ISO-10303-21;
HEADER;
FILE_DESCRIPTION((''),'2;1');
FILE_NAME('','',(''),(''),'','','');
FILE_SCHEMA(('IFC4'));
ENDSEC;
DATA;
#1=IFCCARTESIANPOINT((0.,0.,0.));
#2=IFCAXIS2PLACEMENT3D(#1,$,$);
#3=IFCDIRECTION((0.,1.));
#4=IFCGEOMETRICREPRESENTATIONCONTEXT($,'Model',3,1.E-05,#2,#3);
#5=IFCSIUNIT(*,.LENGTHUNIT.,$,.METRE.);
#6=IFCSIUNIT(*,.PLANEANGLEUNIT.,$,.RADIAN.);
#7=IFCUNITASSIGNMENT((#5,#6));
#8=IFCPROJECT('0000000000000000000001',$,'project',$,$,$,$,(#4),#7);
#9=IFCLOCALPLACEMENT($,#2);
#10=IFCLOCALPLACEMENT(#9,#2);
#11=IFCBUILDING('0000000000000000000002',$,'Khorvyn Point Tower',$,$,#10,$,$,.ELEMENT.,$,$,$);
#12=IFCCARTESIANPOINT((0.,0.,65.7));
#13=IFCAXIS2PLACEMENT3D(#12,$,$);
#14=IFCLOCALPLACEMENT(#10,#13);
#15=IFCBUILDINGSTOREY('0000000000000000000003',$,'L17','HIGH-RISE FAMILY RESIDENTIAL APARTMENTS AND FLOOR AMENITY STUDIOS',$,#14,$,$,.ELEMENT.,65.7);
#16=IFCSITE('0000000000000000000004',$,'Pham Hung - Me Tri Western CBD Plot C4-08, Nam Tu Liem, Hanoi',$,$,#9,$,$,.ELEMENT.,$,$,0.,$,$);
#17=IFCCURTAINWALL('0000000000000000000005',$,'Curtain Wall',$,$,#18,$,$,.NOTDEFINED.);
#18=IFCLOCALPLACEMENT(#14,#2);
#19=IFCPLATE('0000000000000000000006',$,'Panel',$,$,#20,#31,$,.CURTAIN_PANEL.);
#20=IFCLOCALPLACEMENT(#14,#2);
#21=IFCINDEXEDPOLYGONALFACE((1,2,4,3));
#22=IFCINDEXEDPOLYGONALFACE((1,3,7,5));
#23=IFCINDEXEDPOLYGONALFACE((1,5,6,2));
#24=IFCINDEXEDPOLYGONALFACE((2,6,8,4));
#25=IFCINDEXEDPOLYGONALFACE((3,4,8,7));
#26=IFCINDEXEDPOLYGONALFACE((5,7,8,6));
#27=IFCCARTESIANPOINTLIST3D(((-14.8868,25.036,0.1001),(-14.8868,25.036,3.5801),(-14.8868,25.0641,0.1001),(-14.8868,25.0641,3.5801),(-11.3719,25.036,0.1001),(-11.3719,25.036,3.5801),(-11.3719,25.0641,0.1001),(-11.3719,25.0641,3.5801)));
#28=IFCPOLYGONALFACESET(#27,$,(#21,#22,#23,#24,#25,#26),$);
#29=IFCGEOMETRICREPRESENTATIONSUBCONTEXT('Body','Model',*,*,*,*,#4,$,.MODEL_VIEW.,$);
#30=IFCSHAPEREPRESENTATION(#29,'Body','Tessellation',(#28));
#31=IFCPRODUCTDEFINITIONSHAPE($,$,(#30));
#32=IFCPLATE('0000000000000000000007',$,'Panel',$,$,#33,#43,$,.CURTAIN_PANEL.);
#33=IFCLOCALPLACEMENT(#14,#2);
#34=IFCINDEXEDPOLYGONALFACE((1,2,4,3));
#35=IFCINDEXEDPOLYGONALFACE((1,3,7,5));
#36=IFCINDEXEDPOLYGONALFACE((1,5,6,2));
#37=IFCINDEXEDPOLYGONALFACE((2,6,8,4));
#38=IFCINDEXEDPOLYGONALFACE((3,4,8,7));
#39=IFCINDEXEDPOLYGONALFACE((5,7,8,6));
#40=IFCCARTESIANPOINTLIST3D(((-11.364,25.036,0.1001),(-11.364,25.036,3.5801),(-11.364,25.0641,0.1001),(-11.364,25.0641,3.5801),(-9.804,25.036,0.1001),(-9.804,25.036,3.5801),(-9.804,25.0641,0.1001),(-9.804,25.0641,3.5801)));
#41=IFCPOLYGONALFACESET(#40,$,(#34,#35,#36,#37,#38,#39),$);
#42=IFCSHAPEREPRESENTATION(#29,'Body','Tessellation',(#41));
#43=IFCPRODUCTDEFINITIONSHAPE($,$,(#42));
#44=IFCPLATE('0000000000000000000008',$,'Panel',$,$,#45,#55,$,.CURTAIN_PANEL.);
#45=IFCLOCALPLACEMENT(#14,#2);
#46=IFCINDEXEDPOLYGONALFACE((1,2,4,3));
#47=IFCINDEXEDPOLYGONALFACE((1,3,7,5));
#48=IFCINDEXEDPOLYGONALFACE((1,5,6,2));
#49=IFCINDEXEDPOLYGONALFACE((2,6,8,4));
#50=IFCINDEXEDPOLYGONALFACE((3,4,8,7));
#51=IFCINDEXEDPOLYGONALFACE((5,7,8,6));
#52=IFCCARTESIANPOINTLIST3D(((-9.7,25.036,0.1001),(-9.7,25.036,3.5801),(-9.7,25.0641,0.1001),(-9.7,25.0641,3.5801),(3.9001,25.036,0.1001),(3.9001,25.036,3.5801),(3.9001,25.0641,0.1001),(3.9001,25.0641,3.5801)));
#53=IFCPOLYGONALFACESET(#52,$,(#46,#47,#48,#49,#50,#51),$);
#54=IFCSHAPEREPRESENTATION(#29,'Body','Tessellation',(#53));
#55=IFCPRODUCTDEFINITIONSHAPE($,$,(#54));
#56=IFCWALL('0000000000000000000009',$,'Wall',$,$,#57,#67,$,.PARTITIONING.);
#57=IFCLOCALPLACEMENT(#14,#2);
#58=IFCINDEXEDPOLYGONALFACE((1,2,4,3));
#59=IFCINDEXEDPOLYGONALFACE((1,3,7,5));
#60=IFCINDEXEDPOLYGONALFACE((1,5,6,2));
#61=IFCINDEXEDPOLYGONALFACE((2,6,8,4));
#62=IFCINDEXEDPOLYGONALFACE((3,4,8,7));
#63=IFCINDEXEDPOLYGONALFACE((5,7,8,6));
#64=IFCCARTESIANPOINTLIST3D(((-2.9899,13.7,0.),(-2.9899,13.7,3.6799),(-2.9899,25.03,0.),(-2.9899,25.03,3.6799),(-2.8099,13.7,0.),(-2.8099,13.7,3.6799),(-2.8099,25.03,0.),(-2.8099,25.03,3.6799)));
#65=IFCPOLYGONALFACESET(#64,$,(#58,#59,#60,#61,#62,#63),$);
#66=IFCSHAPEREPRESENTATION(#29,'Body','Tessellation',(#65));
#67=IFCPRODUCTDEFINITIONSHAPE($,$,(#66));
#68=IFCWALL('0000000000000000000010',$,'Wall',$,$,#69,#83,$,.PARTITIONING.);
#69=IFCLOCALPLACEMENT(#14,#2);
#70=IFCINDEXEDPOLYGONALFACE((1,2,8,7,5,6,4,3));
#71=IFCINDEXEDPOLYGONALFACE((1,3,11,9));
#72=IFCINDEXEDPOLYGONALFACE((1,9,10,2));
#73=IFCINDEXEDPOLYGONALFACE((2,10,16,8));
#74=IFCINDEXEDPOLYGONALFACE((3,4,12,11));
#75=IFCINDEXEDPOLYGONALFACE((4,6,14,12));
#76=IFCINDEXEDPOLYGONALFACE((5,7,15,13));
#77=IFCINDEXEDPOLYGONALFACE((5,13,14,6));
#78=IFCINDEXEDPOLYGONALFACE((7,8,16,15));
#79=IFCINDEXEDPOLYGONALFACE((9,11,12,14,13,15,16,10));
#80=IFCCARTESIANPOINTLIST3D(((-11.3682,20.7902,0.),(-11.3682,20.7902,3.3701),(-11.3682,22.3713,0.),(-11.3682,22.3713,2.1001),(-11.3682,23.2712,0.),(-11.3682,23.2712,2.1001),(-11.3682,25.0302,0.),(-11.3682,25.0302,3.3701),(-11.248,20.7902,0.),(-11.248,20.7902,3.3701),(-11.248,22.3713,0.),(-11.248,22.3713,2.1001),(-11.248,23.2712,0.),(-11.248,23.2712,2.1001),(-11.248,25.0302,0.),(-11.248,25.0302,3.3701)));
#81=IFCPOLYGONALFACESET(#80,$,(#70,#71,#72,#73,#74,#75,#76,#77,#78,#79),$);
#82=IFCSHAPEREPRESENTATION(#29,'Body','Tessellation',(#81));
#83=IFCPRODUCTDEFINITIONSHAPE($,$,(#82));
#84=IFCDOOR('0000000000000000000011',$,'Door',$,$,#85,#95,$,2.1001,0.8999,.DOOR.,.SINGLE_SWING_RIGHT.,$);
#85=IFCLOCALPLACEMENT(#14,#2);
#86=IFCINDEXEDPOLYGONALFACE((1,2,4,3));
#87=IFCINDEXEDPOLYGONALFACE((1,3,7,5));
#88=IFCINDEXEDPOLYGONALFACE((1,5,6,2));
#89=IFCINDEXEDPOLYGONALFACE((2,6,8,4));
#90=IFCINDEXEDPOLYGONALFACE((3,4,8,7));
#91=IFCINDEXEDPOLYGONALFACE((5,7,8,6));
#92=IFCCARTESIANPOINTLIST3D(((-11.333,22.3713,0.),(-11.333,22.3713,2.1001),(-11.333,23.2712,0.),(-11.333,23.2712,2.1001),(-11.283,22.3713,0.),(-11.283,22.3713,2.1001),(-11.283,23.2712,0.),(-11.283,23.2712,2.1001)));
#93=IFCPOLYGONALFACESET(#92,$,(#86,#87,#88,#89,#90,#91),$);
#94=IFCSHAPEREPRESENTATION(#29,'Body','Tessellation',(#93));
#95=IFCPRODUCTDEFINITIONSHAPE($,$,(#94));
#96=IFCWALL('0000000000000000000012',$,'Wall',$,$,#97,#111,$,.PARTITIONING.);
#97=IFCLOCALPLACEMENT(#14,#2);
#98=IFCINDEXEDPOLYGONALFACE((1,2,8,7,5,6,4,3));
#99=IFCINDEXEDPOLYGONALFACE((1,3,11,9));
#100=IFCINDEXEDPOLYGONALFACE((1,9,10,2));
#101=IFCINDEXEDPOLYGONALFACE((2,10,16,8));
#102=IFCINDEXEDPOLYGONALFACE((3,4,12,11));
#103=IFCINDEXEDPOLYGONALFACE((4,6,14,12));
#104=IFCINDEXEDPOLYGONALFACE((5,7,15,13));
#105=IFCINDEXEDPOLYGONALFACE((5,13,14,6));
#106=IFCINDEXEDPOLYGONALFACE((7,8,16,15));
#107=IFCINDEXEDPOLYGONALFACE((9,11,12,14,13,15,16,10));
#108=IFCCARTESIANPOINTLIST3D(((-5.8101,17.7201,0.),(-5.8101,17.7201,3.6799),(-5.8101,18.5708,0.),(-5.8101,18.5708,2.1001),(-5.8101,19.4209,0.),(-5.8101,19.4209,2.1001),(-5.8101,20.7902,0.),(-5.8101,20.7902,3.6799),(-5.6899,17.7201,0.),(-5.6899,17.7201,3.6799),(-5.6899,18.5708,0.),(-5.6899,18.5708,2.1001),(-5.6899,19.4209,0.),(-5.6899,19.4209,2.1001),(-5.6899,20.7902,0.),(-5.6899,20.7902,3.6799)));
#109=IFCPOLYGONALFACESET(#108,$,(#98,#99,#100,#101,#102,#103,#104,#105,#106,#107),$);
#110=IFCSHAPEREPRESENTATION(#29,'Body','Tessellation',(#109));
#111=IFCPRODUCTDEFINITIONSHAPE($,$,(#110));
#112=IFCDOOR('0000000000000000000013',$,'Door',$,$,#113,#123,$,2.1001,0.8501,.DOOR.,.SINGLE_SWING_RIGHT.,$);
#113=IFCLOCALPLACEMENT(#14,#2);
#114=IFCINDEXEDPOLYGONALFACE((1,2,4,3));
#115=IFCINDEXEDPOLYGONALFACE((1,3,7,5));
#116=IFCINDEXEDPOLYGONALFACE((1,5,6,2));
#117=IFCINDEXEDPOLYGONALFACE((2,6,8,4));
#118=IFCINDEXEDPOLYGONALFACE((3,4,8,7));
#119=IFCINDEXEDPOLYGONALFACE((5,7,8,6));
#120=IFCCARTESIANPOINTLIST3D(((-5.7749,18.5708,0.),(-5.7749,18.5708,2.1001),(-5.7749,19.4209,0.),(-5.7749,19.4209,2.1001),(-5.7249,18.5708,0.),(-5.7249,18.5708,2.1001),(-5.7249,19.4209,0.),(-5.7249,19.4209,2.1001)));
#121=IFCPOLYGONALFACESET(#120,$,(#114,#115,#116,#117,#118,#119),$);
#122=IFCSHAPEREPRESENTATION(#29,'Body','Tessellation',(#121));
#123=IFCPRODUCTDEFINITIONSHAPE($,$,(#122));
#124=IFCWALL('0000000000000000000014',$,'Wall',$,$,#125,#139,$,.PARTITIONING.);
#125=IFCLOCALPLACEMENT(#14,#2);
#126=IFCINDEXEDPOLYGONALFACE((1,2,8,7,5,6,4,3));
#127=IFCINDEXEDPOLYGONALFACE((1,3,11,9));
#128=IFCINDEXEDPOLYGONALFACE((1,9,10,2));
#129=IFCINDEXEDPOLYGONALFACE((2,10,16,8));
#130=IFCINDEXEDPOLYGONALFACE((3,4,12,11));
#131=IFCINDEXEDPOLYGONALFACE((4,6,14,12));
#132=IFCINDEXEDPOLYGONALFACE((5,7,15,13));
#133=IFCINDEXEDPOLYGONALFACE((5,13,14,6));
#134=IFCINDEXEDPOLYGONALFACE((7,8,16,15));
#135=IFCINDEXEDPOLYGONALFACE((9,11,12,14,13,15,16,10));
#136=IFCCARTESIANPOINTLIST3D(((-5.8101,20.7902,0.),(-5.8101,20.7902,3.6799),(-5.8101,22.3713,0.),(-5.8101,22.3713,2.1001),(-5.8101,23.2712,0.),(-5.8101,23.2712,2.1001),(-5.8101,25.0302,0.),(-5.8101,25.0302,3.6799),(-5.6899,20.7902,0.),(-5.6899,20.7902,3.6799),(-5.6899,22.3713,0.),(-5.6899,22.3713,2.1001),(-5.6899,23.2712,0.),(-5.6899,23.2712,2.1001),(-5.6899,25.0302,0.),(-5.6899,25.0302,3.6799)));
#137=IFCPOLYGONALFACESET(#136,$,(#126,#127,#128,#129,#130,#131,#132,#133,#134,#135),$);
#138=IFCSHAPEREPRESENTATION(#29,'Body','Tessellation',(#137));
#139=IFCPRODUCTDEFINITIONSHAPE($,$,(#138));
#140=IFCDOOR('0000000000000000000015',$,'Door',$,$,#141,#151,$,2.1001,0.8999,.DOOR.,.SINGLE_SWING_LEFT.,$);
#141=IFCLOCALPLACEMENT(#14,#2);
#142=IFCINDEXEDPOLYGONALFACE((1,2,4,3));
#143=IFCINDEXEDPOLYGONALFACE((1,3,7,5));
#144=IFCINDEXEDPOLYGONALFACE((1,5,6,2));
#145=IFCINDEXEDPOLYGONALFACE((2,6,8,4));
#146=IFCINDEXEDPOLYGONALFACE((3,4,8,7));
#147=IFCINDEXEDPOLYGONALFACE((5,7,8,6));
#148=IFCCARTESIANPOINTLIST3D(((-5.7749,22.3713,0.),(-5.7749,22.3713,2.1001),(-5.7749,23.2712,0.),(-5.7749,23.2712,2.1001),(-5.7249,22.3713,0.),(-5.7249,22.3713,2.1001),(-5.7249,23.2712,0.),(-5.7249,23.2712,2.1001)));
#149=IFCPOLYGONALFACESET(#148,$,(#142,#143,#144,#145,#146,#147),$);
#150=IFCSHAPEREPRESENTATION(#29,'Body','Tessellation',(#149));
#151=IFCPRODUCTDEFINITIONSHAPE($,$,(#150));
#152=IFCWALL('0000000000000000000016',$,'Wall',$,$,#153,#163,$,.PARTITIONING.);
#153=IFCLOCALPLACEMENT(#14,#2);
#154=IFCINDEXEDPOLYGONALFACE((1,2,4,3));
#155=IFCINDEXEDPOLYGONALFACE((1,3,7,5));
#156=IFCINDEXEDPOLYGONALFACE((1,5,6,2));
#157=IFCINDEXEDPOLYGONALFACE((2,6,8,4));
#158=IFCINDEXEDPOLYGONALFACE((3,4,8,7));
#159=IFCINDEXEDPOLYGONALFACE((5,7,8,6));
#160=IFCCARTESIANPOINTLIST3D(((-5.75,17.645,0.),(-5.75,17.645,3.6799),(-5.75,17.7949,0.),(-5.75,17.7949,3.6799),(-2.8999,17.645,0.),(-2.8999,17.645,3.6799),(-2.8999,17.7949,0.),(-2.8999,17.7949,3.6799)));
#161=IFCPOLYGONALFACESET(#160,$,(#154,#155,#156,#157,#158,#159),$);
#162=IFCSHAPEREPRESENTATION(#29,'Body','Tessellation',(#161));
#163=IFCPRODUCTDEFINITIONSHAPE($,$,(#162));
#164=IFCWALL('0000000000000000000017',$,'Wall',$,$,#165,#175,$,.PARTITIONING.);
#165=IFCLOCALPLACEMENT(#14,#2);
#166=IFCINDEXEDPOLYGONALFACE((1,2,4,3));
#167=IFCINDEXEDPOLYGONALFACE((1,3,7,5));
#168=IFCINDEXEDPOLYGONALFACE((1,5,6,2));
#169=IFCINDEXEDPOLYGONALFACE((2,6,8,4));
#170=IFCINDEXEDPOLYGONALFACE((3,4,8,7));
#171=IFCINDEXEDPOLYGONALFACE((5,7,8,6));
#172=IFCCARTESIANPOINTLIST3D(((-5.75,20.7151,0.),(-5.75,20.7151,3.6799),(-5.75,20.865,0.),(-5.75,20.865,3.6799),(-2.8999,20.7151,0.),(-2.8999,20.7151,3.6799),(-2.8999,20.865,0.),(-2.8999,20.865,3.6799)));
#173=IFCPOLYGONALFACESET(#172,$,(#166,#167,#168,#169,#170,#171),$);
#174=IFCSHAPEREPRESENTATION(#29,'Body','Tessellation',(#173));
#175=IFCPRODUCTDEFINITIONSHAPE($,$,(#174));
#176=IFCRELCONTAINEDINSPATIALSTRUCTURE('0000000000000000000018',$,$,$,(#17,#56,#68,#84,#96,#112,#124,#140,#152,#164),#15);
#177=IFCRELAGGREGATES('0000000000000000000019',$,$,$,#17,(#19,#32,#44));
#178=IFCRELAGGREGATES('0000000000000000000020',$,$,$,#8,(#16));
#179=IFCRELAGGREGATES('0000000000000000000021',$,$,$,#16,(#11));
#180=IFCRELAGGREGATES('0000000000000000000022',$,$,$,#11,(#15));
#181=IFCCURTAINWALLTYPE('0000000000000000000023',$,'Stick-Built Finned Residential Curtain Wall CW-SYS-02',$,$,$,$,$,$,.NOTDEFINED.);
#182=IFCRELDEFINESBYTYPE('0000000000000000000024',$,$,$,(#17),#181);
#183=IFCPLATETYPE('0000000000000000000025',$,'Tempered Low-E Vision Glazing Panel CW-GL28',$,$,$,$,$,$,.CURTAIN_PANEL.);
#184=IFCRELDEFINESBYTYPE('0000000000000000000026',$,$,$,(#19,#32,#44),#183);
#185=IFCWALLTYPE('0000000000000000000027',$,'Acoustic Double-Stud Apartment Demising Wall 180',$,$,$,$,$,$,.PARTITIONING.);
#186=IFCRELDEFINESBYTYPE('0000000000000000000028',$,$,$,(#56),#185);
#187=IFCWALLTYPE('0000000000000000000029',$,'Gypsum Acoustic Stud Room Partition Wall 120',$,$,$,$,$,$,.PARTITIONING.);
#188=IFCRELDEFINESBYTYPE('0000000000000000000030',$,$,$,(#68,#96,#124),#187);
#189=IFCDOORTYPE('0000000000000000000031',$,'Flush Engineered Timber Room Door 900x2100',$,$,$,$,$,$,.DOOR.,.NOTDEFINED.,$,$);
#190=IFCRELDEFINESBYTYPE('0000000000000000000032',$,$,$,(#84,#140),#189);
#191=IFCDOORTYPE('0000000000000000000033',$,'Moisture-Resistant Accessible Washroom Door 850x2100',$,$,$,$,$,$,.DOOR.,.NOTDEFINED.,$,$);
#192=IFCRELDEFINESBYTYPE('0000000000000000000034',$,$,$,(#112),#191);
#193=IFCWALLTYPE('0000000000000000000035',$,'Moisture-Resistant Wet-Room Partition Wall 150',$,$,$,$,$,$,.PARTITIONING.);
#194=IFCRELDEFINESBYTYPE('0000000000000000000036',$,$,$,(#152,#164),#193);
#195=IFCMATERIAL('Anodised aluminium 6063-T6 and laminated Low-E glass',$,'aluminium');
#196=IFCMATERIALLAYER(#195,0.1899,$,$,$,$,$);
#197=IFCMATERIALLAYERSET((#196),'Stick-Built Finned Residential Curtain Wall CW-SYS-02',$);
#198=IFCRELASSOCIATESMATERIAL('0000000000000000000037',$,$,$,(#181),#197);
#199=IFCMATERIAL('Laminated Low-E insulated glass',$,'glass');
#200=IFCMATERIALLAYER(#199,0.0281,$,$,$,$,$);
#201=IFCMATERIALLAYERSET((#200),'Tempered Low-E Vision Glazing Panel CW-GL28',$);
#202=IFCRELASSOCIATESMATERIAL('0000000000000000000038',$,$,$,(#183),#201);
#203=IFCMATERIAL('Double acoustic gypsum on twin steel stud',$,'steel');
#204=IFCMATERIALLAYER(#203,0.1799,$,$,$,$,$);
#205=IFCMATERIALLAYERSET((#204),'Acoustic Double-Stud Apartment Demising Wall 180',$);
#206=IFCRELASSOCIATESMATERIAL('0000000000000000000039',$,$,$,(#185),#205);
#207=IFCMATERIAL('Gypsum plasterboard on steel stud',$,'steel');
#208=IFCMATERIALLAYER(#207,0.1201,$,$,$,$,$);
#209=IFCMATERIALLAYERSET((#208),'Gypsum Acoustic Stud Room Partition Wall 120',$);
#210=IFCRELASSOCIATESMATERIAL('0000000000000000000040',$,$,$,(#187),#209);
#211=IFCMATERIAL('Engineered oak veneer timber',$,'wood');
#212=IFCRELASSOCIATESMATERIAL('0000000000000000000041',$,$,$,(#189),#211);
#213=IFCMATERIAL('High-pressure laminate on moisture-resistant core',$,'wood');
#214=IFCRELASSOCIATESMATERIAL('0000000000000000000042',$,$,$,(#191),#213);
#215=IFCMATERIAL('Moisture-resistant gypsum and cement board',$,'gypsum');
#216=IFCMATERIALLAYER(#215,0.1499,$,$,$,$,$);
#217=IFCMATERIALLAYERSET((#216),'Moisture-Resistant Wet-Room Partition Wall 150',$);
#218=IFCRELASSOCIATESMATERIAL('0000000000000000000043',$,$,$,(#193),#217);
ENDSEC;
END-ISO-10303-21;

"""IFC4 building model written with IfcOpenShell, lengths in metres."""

from ifc_helpers import new_model, si_unit, direction, frame, frame_2d, origin, origin_2d, place, context, subcontext, project, spatial, rectangle, extrude, material, layer, layer_set, type_object, element, fill, aggregate, save


model = new_model("IFC4")

# Units and contexts
model_context = context("Model", 3, precision=1e-05, world=origin(), true_north=direction((0.0, 1.0)))
body_context = subcontext(model_context, "Body", "Model", "MODEL_VIEW")
ifc_project = project(units=[si_unit("LENGTHUNIT", "METRE"), si_unit("PLANEANGLEUNIT", "RADIAN")], contexts=[model_context])

# Site, building, storey
site_placement = place(None, origin())
site = spatial("IfcSite", under=ifc_project, at=site_placement, Name="Pham Hung - Me Tri Western CBD Plot C4-08, Nam Tu Liem, Hanoi", CompositionType="ELEMENT", RefElevation=0.0)
building_placement = place(site_placement, origin())
building = spatial("IfcBuilding", under=site, at=building_placement, Name="Khorvyn Point Tower", CompositionType="ELEMENT")
storey_placement = place(building_placement, frame((0.0, 0.0, 65.7)))
storey = spatial("IfcBuildingStorey", under=building, at=storey_placement, Name="L17", Description="HIGH-RISE FAMILY RESIDENTIAL APARTMENTS AND FLOOR AMENITY STUDIOS", CompositionType="ELEMENT", Elevation=65.7)

# Curtain wall
ifc_material_1 = material(Name="Anodised aluminium 6063-T6 and laminated Low-E glass", Category="aluminium")
ifc_layer_1 = layer(ifc_material_1, 0.1899)
ifc_layer_set_1 = layer_set([ifc_layer_1], Name="Stick-Built Finned Residential Curtain Wall CW-SYS-02")
curtain_wall_type = type_object("IfcCurtainWallType", Name="Stick-Built Finned Residential Curtain Wall CW-SYS-02", PredefinedType="NOTDEFINED", material=ifc_layer_set_1)
curtain_wall_placement = place(storey_placement, origin())
curtain_wall = element("IfcCurtainWall", 1, at=curtain_wall_placement, inside=storey, type_object=curtain_wall_type, Name="Curtain Wall", PredefinedType="NOTDEFINED")

# Plates
ifc_material_2 = material(Name="Laminated Low-E insulated glass", Category="glass")
ifc_layer_2 = layer(ifc_material_2, 0.0281)
ifc_layer_set_2 = layer_set([ifc_layer_2], Name="Tempered Low-E Vision Glazing Panel CW-GL28")
plate_type = type_object("IfcPlateType", Name="Tempered Low-E Vision Glazing Panel CW-GL28", PredefinedType="CURTAIN_PANEL", material=ifc_layer_set_2)
plate_1_placement = place(storey_placement, frame((-13.1294, 25.05, 0.1001), z_axis=(0.0, 0.0, 1.0), x_axis=(1.0, 0.0, 0.0)))
plate_1 = element("IfcPlate", 2, at=plate_1_placement, type_object=plate_type, Name="Panel", PredefinedType="CURTAIN_PANEL", context=body_context, shape_type="SweptSolid", body=[
    extrude(rectangle(XDim=3.5149, YDim=0.0281, at=origin_2d()), origin(), (0.0, 0.0, 1.0), 3.48),
])
plate_2_placement = place(storey_placement, frame((-10.584, 25.05, 0.1001), z_axis=(0.0, 0.0, 1.0), x_axis=(1.0, 0.0, 0.0)))
plate_2 = element("IfcPlate", 3, at=plate_2_placement, type_object=plate_type, Name="Panel", PredefinedType="CURTAIN_PANEL", context=body_context, shape_type="SweptSolid", body=[
    extrude(rectangle(XDim=1.5601, YDim=0.0281, at=origin_2d()), origin(), (0.0, 0.0, 1.0), 3.48),
])
plate_3_placement = place(storey_placement, frame((-2.8999, 25.05, 0.1001), z_axis=(0.0, 0.0, 1.0), x_axis=(1.0, 0.0, 0.0)))
plate_3 = element("IfcPlate", 4, at=plate_3_placement, type_object=plate_type, Name="Panel", PredefinedType="CURTAIN_PANEL", context=body_context, shape_type="SweptSolid", body=[
    extrude(rectangle(XDim=13.6001, YDim=0.0281, at=origin_2d()), origin(), (0.0, 0.0, 1.0), 3.48),
])
aggregate(curtain_wall, [plate_1, plate_2, plate_3])

# Wall
ifc_material_3 = material(Name="Double acoustic gypsum on twin steel stud", Category="steel")
ifc_layer_3 = layer(ifc_material_3, 0.1799)
ifc_layer_set_3 = layer_set([ifc_layer_3], Name="Acoustic Double-Stud Apartment Demising Wall 180")
wall_type_1 = type_object("IfcWallType", Name="Acoustic Double-Stud Apartment Demising Wall 180", PredefinedType="PARTITIONING", material=ifc_layer_set_3)
wall_1_placement = place(storey_placement, frame((-2.8999, 13.7, 0.0), z_axis=(0.0, 0.0, 1.0), x_axis=(0.0, 1.0, 0.0)))
element("IfcWall", 5, at=wall_1_placement, inside=storey, type_object=wall_type_1, Name="Wall", PredefinedType="PARTITIONING", context=body_context, shape_type="SweptSolid", body=[
    extrude(rectangle(XDim=11.3301, YDim=0.1799, at=frame_2d((5.665, 0.0))), origin(), (0.0, 0.0, 1.0), 3.6799),
])

# Walls, openings, doors
ifc_material_4 = material(Name="Gypsum plasterboard on steel stud", Category="steel")
ifc_layer_4 = layer(ifc_material_4, 0.1201)
ifc_layer_set_4 = layer_set([ifc_layer_4], Name="Gypsum Acoustic Stud Room Partition Wall 120")
wall_type_2 = type_object("IfcWallType", Name="Gypsum Acoustic Stud Room Partition Wall 120", PredefinedType="PARTITIONING", material=ifc_layer_set_4)
wall_2_placement = place(storey_placement, frame((-11.3081, 20.79, 0.0), z_axis=(0.0, 0.0, 1.0), x_axis=(0.0, 1.0, 0.0)))
wall_2 = element("IfcWall", 6, at=wall_2_placement, inside=storey, type_object=wall_type_2, Name="Wall", PredefinedType="PARTITIONING", context=body_context, shape_type="SweptSolid", body=[
    extrude(rectangle(XDim=4.24, YDim=0.1201, at=frame_2d((2.1201, 0.0))), origin(), (0.0, 0.0, 1.0), 3.3701),
])
opening_1_placement = place(wall_2_placement, frame((1.5813, 0.0, 0.0)))
opening_1 = element("IfcOpeningElement", 7, at=opening_1_placement, cuts=wall_2, PredefinedType="OPENING", context=body_context, shape_type="SweptSolid", body=[
    extrude(rectangle(XDim=0.8999, YDim=2.1001, at=frame_2d((0.45, 1.05))), frame((0.0, 0.0701, 0.0), z_axis=(0.0, -1.0, 0.0), x_axis=(1.0, 0.0, 0.0)), (0.0, 0.0, 1.0), 0.1401),
])
ifc_material_5 = material(Name="Engineered oak veneer timber", Category="wood")
door_type_1 = type_object("IfcDoorType", Name="Flush Engineered Timber Room Door 900x2100", OperationType="NOTDEFINED", PredefinedType="DOOR", material=ifc_material_5)
door_1_placement = place(opening_1_placement, origin())
door_1 = element("IfcDoor", 8, at=door_1_placement, inside=storey, type_object=door_type_1, Name="Door", OperationType="SINGLE_SWING_RIGHT", OverallHeight=2.1001, OverallWidth=0.8999, PredefinedType="DOOR", context=body_context, shape_type="SweptSolid", body=[
    extrude(rectangle(XDim=0.8999, YDim=2.1001, at=frame_2d((0.45, 1.05))), frame((0.0, 0.0249, 0.0), z_axis=(0.0, -1.0, 0.0), x_axis=(1.0, 0.0, 0.0)), (0.0, 0.0, 1.0), 0.05),
])
fill(opening_1, door_1)
wall_3_placement = place(storey_placement, frame((-5.75, 17.72, 0.0), z_axis=(0.0, 0.0, 1.0), x_axis=(0.0, 1.0, 0.0)))
wall_3 = element("IfcWall", 9, at=wall_3_placement, inside=storey, type_object=wall_type_2, Name="Wall", PredefinedType="PARTITIONING", context=body_context, shape_type="SweptSolid", body=[
    extrude(rectangle(XDim=3.0701, YDim=0.1201, at=frame_2d((1.5352, 0.0))), origin(), (0.0, 0.0, 1.0), 3.6799),
])
opening_2_placement = place(wall_3_placement, frame((0.8508, 0.0, 0.0)))
opening_2 = element("IfcOpeningElement", 10, at=opening_2_placement, cuts=wall_3, PredefinedType="OPENING", context=body_context, shape_type="SweptSolid", body=[
    extrude(rectangle(XDim=0.8501, YDim=2.1001, at=frame_2d((0.425, 1.05))), frame((0.0, 0.0701, 0.0), z_axis=(0.0, -1.0, 0.0), x_axis=(1.0, 0.0, 0.0)), (0.0, 0.0, 1.0), 0.1401),
])
ifc_material_6 = material(Name="High-pressure laminate on moisture-resistant core", Category="wood")
door_type_2 = type_object("IfcDoorType", Name="Moisture-Resistant Accessible Washroom Door 850x2100", OperationType="NOTDEFINED", PredefinedType="DOOR", material=ifc_material_6)
door_2_placement = place(opening_2_placement, origin())
door_2 = element("IfcDoor", 11, at=door_2_placement, inside=storey, type_object=door_type_2, Name="Door", OperationType="SINGLE_SWING_RIGHT", OverallHeight=2.1001, OverallWidth=0.8501, PredefinedType="DOOR", context=body_context, shape_type="SweptSolid", body=[
    extrude(rectangle(XDim=0.8501, YDim=2.1001, at=frame_2d((0.425, 1.05))), frame((0.0, 0.0249, 0.0), z_axis=(0.0, -1.0, 0.0), x_axis=(1.0, 0.0, 0.0)), (0.0, 0.0, 1.0), 0.05),
])
fill(opening_2, door_2)
wall_4_placement = place(storey_placement, frame((-5.75, 20.79, 0.0), z_axis=(0.0, 0.0, 1.0), x_axis=(0.0, 1.0, 0.0)))
wall_4 = element("IfcWall", 12, at=wall_4_placement, inside=storey, type_object=wall_type_2, Name="Wall", PredefinedType="PARTITIONING", context=body_context, shape_type="SweptSolid", body=[
    extrude(rectangle(XDim=4.24, YDim=0.1201, at=frame_2d((2.1201, 0.0))), origin(), (0.0, 0.0, 1.0), 3.6799),
])
opening_3_placement = place(wall_4_placement, frame((1.5813, 0.0, 0.0)))
opening_3 = element("IfcOpeningElement", 13, at=opening_3_placement, cuts=wall_4, PredefinedType="OPENING", context=body_context, shape_type="SweptSolid", body=[
    extrude(rectangle(XDim=0.8999, YDim=2.1001, at=frame_2d((0.45, 1.05))), frame((0.0, 0.0701, 0.0), z_axis=(0.0, -1.0, 0.0), x_axis=(1.0, 0.0, 0.0)), (0.0, 0.0, 1.0), 0.1401),
])
door_3_placement = place(opening_3_placement, origin())
door_3 = element("IfcDoor", 14, at=door_3_placement, inside=storey, type_object=door_type_1, Name="Door", OperationType="SINGLE_SWING_LEFT", OverallHeight=2.1001, OverallWidth=0.8999, PredefinedType="DOOR", context=body_context, shape_type="SweptSolid", body=[
    extrude(rectangle(XDim=0.8999, YDim=2.1001, at=frame_2d((0.45, 1.05))), frame((0.0, 0.0249, 0.0), z_axis=(0.0, -1.0, 0.0), x_axis=(1.0, 0.0, 0.0)), (0.0, 0.0, 1.0), 0.05),
])
fill(opening_3, door_3)

# Walls
ifc_material_7 = material(Name="Moisture-resistant gypsum and cement board", Category="gypsum")
ifc_layer_5 = layer(ifc_material_7, 0.1499)
ifc_layer_set_5 = layer_set([ifc_layer_5], Name="Moisture-Resistant Wet-Room Partition Wall 150")
wall_type_3 = type_object("IfcWallType", Name="Moisture-Resistant Wet-Room Partition Wall 150", PredefinedType="PARTITIONING", material=ifc_layer_set_5)
for number, where, z_axis, x_axis, name in (
    (15, (-5.75, 17.72, 0.0), (0.0, 0.0, 1.0), (1.0, 0.0, 0.0), "Wall"),
    (16, (-5.75, 20.79, 0.0), (0.0, 0.0, 1.0), (1.0, 0.0, 0.0), "Wall"),
):
    element("IfcWall", number, at=place(storey_placement, frame(where, z_axis=z_axis, x_axis=x_axis)), inside=storey, type_object=wall_type_3, Name=name, PredefinedType="PARTITIONING", context=body_context, shape_type="SweptSolid", body=[
        extrude(rectangle(XDim=2.8501, YDim=0.1499, at=frame_2d((1.425, 0.0))), origin(), (0.0, 0.0, 1.0), 3.6799),
    ])

save(model, "model.ifc")
